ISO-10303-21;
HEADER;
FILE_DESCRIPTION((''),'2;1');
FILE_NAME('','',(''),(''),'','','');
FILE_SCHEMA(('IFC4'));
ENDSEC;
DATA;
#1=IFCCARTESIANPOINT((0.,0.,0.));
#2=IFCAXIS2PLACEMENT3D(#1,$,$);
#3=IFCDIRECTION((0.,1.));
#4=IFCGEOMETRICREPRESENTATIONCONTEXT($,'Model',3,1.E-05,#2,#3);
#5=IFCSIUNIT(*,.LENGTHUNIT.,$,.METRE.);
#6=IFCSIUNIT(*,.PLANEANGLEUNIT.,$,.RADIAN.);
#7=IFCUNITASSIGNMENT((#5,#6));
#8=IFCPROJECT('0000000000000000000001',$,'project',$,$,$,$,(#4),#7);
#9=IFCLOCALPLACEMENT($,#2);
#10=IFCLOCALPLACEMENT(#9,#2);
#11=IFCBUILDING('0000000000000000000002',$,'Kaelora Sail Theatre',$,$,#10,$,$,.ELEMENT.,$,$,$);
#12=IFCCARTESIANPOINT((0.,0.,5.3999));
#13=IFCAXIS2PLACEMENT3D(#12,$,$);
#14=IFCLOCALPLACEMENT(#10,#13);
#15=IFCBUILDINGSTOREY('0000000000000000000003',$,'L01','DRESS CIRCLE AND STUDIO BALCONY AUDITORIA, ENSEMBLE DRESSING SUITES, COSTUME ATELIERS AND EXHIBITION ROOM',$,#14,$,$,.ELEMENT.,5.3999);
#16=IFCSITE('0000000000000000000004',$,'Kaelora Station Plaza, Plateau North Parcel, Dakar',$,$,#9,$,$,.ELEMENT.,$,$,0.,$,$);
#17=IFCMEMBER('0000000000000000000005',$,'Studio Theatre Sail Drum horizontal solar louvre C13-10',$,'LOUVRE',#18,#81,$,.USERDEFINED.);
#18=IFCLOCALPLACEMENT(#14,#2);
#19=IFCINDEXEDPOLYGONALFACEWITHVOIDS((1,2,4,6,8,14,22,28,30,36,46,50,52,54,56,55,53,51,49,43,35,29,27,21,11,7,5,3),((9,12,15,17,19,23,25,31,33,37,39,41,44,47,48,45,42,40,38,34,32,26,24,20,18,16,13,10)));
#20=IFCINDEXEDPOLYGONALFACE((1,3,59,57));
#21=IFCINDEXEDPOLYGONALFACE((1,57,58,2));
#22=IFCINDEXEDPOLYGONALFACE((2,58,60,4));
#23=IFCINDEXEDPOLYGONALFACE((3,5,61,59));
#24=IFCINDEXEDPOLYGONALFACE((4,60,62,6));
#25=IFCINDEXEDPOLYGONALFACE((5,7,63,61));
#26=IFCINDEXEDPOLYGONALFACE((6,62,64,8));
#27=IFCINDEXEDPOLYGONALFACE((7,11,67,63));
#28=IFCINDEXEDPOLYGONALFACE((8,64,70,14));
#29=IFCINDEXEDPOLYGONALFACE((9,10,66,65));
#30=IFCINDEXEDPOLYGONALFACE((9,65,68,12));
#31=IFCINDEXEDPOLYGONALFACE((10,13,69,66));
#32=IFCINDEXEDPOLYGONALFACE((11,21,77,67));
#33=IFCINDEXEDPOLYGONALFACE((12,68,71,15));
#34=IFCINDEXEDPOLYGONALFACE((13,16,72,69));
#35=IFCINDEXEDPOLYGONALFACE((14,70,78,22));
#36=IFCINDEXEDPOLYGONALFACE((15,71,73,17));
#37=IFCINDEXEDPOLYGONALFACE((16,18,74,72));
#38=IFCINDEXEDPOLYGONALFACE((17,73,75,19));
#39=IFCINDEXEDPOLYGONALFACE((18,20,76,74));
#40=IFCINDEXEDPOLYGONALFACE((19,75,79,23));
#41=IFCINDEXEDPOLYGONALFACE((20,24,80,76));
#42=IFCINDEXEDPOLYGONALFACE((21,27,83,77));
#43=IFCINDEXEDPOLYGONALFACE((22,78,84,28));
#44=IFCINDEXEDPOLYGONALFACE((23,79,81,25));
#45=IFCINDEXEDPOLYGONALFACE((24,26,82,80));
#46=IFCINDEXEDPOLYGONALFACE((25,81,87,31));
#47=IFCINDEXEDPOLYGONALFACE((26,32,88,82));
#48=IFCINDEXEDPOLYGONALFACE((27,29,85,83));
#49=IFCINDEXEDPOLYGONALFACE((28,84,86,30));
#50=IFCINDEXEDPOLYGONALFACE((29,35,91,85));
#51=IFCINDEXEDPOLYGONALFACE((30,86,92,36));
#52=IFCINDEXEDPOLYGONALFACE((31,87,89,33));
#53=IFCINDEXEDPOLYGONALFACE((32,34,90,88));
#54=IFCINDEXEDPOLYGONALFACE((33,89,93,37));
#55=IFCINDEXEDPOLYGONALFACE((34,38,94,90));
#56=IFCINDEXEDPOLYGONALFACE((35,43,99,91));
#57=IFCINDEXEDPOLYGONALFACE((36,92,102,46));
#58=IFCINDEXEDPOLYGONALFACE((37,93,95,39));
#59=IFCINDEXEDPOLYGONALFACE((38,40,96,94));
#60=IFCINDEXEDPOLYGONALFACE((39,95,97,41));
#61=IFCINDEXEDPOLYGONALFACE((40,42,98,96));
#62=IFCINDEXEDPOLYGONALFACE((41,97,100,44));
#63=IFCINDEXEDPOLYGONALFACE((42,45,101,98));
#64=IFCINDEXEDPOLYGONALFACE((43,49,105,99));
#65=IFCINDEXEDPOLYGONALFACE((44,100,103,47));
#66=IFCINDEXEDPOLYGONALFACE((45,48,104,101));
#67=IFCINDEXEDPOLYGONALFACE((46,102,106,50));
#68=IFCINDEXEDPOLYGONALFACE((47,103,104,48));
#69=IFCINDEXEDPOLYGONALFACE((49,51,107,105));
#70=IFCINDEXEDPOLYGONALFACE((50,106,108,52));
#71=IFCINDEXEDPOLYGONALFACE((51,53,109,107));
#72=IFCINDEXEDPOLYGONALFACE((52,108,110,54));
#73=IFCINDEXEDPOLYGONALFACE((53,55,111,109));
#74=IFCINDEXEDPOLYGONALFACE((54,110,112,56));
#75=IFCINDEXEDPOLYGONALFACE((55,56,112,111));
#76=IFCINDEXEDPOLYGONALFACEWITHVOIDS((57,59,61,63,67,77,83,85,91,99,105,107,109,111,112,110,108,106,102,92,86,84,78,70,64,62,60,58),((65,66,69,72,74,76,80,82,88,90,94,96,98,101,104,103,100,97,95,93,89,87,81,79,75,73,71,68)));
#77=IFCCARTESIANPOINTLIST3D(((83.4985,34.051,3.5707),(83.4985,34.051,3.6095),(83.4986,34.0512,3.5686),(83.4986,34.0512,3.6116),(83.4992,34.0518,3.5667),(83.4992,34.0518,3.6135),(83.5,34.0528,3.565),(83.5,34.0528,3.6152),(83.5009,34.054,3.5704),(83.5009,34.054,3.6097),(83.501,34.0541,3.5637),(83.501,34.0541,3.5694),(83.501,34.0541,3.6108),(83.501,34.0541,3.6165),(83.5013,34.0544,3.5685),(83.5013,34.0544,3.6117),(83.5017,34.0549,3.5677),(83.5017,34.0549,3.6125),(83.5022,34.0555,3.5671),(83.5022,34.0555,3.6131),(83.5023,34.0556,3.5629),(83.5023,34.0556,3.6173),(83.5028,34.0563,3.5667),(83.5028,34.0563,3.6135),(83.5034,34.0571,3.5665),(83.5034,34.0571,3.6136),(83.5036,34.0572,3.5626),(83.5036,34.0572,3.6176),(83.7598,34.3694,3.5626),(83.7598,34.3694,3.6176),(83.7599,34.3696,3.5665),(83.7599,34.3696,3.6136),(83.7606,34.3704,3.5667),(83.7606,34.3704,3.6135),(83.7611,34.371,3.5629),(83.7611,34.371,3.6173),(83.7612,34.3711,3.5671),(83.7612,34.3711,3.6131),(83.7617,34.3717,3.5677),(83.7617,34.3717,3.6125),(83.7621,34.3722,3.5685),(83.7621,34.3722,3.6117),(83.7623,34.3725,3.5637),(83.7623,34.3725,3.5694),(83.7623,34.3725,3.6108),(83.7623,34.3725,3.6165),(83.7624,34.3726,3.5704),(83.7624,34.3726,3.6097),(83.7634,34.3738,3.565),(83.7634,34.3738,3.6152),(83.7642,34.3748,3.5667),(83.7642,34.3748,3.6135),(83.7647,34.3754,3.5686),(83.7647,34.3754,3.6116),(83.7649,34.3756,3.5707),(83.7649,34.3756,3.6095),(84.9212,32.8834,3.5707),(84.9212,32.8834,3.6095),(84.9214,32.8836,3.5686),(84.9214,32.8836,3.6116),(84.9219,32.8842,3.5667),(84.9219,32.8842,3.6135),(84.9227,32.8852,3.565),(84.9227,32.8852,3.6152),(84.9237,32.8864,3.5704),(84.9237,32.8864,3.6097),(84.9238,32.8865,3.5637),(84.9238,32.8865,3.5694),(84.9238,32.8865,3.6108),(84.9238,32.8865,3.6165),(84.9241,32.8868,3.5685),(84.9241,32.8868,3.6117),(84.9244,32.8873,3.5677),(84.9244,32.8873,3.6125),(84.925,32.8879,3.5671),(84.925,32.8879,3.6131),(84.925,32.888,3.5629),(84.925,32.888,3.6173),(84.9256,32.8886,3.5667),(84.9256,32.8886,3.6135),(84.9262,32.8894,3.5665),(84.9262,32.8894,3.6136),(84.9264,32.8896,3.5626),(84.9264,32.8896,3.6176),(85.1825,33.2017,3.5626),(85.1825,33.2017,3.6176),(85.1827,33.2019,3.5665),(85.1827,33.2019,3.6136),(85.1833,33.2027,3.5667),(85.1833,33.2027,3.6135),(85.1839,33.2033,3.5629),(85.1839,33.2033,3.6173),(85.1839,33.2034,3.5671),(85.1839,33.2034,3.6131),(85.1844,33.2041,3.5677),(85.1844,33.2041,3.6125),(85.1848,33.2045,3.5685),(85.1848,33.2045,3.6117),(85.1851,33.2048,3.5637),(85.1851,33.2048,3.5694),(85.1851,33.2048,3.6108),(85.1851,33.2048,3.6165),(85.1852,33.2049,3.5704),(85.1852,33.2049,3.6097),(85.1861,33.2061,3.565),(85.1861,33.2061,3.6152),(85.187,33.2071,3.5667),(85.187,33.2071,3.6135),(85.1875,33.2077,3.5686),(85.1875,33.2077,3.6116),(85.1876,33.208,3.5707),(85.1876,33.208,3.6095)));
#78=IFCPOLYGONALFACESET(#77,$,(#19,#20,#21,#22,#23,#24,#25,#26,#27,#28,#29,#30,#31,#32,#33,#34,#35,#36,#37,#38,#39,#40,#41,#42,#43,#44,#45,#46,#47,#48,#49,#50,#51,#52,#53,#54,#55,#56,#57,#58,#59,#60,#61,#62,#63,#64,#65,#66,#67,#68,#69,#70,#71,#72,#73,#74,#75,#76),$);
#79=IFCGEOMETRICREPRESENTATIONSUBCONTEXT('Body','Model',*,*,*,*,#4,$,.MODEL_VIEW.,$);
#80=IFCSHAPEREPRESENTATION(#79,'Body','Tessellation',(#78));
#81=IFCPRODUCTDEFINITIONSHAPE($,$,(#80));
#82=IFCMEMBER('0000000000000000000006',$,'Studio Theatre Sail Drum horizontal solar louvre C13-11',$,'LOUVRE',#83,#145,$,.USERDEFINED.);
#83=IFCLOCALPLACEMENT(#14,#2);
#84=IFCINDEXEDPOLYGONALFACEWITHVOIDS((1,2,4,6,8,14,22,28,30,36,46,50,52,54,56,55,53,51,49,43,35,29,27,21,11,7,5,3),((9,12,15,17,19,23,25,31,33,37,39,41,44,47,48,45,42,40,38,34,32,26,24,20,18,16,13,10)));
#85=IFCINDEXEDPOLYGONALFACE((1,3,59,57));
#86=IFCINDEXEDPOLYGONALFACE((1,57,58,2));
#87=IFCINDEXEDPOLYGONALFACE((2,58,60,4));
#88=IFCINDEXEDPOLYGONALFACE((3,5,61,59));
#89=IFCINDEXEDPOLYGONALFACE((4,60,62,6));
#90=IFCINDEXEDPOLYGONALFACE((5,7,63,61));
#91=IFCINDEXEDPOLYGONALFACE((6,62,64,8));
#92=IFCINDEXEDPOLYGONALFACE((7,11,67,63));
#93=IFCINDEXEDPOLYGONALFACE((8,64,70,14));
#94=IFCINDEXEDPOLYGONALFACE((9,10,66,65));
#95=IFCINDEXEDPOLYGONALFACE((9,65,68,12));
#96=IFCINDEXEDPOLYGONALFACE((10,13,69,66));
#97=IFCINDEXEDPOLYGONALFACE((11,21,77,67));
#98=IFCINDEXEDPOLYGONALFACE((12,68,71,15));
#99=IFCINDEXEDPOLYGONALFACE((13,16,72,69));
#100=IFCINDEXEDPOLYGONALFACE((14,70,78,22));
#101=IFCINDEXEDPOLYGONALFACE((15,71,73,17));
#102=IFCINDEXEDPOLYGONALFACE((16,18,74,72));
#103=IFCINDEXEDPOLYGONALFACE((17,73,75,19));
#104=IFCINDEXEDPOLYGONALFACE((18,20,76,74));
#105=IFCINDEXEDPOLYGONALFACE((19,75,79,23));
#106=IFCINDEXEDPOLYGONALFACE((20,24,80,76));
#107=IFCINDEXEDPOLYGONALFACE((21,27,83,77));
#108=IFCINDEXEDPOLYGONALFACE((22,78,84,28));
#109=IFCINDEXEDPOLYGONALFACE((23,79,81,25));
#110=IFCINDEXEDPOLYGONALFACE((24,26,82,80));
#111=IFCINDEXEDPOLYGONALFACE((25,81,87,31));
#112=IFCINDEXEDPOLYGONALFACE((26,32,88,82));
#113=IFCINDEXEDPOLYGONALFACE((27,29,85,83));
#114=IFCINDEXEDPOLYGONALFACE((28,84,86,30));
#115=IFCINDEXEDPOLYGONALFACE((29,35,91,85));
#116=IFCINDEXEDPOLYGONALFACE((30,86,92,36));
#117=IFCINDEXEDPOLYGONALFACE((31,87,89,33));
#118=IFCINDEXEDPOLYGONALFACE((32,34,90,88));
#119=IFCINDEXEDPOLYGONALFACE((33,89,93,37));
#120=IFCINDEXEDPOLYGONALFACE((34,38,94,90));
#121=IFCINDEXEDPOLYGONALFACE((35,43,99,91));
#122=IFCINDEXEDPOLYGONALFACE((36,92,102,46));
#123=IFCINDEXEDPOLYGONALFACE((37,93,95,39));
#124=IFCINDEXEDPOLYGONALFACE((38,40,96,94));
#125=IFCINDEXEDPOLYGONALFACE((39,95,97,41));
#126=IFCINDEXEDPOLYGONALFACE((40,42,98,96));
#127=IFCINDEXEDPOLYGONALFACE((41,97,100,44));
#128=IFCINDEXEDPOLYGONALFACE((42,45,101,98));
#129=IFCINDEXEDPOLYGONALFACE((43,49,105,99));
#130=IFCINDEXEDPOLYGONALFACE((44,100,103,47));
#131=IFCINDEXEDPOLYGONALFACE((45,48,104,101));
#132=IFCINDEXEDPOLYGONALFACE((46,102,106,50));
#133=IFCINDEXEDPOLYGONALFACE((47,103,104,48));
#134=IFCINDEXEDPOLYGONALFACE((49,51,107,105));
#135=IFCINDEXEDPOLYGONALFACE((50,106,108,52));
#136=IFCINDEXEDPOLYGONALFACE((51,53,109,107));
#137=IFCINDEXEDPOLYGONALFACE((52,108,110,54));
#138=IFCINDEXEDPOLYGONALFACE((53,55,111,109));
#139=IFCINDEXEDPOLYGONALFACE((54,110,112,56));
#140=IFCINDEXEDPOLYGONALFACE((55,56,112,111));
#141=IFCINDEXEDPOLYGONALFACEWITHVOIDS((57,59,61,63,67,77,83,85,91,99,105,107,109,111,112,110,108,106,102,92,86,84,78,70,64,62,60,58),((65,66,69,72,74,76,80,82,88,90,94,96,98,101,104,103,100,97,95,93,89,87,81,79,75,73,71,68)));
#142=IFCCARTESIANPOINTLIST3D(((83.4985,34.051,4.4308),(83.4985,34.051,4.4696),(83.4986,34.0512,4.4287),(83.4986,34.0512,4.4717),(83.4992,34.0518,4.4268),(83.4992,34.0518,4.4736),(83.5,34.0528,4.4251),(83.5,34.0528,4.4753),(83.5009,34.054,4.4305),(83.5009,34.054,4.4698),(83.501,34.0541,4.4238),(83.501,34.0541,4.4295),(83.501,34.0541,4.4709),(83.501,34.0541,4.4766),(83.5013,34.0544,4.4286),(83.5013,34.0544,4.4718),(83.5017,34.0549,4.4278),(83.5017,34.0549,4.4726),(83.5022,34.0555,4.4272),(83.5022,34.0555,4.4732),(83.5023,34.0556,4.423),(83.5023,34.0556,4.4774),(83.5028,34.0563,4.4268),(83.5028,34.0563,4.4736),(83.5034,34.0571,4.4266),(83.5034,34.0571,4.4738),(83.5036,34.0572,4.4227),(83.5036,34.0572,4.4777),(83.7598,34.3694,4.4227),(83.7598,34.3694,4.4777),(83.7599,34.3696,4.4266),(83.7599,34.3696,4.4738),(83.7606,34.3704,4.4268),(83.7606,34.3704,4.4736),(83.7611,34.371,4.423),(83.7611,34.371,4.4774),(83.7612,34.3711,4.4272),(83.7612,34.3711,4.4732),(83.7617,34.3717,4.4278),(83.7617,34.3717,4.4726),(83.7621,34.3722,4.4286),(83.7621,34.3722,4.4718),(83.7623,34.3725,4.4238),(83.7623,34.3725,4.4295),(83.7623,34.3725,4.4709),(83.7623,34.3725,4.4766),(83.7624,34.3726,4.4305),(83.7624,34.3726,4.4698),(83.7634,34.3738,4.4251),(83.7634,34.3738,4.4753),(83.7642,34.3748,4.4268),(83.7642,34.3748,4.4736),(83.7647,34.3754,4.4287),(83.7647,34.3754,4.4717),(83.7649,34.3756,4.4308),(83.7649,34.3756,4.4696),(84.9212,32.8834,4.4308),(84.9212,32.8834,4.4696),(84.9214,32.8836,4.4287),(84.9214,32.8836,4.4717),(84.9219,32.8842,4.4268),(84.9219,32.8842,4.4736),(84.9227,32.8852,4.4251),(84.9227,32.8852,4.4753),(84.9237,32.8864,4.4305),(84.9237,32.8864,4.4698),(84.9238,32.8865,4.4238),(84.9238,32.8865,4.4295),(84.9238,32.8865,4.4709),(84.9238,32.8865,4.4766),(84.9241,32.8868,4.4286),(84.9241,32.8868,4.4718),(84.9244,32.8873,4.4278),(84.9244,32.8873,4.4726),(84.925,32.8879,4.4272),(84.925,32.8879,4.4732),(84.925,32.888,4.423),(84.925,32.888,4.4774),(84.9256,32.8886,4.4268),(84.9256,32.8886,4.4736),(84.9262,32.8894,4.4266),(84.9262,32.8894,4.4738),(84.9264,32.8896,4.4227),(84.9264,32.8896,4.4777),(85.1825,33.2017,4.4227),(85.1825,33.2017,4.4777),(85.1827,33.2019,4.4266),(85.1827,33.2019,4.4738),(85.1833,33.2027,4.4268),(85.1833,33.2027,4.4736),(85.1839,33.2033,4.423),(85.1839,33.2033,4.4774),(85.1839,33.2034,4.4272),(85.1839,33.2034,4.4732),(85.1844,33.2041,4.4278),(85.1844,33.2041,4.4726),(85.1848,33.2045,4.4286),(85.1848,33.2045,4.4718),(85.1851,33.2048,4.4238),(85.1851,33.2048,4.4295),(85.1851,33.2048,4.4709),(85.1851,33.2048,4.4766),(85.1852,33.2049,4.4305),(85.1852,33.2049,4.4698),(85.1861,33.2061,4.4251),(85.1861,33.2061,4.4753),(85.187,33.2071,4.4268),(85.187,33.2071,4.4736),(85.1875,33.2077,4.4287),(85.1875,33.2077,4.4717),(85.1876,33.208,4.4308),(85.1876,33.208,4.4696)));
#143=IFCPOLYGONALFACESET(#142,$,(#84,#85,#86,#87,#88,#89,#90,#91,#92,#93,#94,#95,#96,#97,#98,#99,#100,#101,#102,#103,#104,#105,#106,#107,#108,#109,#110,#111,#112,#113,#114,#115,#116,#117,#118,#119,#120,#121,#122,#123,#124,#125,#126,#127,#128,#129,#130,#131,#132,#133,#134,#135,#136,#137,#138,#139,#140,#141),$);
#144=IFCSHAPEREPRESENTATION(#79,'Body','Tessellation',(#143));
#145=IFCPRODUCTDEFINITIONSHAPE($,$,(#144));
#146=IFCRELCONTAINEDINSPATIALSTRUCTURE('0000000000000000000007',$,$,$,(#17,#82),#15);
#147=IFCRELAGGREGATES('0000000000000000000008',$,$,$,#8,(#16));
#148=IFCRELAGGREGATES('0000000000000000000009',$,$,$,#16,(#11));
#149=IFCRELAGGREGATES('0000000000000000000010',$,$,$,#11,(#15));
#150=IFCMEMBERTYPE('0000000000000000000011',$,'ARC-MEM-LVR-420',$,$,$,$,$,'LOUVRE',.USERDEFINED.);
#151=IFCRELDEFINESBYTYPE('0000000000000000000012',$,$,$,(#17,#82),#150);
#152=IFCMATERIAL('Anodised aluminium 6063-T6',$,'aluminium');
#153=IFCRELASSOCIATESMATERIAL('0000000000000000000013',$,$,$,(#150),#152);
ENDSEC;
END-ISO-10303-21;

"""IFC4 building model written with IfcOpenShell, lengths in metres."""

from ifc_helpers import new_model, si_unit, direction, frame, origin, origin_2d, place, context, subcontext, project, spatial, hollow_rectangle, extrude, material, material_profile, profile_set, type_object, element, save


model = new_model("IFC4")

# Units and contexts
model_context = context("Model", 3, precision=1e-05, world=origin(), true_north=direction((0.0, 1.0)))
body_context = subcontext(model_context, "Body", "Model", "MODEL_VIEW")
ifc_project = project(units=[si_unit("LENGTHUNIT", "METRE"), si_unit("PLANEANGLEUNIT", "RADIAN")], contexts=[model_context])

# Site, building, storey
site_placement = place(None, origin())
site = spatial("IfcSite", under=ifc_project, at=site_placement, Name="Kaelora Station Plaza, Plateau North Parcel, Dakar", CompositionType="ELEMENT", RefElevation=0.0)
building_placement = place(site_placement, origin())
building = spatial("IfcBuilding", under=site, at=building_placement, Name="Kaelora Sail Theatre", CompositionType="ELEMENT")
storey_placement = place(building_placement, frame((0.0, 0.0, 5.3999)))
storey = spatial("IfcBuildingStorey", under=building, at=storey_placement, Name="L01", Description="DRESS CIRCLE AND STUDIO BALCONY AUDITORIA, ENSEMBLE DRESSING SUITES, COSTUME ATELIERS AND EXHIBITION ROOM", CompositionType="ELEMENT", Elevation=5.3999)

# Members
ifc_material_1 = material(Name="Anodised aluminium 6063-T6", Category="aluminium")
ifc_material_profile_1 = material_profile(ifc_material_1, hollow_rectangle(XDim=0.4199, YDim=0.0549, WallThickness=0.0039, InnerFilletRadius=0.0039, OuterFilletRadius=0.0081, at=origin_2d()), Name="LOUVRE 420x55x4")
ifc_profile_set_1 = profile_set([ifc_material_profile_1], Name="Anodised aluminium 6063-T6")
member_type = type_object("IfcMemberType", Name="ARC-MEM-LVR-420", ElementType="LOUVRE", PredefinedType="USERDEFINED", material=ifc_profile_set_1)
for number, where, z_axis, x_axis, name in (
    (1, (85.0544, 33.0457, 3.5901), (-0.773005, 0.6344, 0.0), (-0.6344, -0.773005, 0.0), "Studio Theatre Sail Drum horizontal solar louvre C13-10"),
    (2, (85.0544, 33.0457, 4.4502), (-0.773005, 0.6344, 0.0), (-0.6344, -0.773005, 0.0), "Studio Theatre Sail Drum horizontal solar louvre C13-11"),
):
    element("IfcMember", number, at=place(storey_placement, frame(where, z_axis=z_axis, x_axis=x_axis)), inside=storey, type_object=member_type, Name=name, ObjectType="LOUVRE", PredefinedType="USERDEFINED", context=body_context, shape_type="SweptSolid", body=[
        extrude(hollow_rectangle(XDim=0.4199, YDim=0.0549, WallThickness=0.0039, InnerFilletRadius=0.0039, OuterFilletRadius=0.0081, at=origin_2d()), origin(), (0.0, 0.0, 1.0), 1.8406),
    ])

save(model, "model.ifc")
